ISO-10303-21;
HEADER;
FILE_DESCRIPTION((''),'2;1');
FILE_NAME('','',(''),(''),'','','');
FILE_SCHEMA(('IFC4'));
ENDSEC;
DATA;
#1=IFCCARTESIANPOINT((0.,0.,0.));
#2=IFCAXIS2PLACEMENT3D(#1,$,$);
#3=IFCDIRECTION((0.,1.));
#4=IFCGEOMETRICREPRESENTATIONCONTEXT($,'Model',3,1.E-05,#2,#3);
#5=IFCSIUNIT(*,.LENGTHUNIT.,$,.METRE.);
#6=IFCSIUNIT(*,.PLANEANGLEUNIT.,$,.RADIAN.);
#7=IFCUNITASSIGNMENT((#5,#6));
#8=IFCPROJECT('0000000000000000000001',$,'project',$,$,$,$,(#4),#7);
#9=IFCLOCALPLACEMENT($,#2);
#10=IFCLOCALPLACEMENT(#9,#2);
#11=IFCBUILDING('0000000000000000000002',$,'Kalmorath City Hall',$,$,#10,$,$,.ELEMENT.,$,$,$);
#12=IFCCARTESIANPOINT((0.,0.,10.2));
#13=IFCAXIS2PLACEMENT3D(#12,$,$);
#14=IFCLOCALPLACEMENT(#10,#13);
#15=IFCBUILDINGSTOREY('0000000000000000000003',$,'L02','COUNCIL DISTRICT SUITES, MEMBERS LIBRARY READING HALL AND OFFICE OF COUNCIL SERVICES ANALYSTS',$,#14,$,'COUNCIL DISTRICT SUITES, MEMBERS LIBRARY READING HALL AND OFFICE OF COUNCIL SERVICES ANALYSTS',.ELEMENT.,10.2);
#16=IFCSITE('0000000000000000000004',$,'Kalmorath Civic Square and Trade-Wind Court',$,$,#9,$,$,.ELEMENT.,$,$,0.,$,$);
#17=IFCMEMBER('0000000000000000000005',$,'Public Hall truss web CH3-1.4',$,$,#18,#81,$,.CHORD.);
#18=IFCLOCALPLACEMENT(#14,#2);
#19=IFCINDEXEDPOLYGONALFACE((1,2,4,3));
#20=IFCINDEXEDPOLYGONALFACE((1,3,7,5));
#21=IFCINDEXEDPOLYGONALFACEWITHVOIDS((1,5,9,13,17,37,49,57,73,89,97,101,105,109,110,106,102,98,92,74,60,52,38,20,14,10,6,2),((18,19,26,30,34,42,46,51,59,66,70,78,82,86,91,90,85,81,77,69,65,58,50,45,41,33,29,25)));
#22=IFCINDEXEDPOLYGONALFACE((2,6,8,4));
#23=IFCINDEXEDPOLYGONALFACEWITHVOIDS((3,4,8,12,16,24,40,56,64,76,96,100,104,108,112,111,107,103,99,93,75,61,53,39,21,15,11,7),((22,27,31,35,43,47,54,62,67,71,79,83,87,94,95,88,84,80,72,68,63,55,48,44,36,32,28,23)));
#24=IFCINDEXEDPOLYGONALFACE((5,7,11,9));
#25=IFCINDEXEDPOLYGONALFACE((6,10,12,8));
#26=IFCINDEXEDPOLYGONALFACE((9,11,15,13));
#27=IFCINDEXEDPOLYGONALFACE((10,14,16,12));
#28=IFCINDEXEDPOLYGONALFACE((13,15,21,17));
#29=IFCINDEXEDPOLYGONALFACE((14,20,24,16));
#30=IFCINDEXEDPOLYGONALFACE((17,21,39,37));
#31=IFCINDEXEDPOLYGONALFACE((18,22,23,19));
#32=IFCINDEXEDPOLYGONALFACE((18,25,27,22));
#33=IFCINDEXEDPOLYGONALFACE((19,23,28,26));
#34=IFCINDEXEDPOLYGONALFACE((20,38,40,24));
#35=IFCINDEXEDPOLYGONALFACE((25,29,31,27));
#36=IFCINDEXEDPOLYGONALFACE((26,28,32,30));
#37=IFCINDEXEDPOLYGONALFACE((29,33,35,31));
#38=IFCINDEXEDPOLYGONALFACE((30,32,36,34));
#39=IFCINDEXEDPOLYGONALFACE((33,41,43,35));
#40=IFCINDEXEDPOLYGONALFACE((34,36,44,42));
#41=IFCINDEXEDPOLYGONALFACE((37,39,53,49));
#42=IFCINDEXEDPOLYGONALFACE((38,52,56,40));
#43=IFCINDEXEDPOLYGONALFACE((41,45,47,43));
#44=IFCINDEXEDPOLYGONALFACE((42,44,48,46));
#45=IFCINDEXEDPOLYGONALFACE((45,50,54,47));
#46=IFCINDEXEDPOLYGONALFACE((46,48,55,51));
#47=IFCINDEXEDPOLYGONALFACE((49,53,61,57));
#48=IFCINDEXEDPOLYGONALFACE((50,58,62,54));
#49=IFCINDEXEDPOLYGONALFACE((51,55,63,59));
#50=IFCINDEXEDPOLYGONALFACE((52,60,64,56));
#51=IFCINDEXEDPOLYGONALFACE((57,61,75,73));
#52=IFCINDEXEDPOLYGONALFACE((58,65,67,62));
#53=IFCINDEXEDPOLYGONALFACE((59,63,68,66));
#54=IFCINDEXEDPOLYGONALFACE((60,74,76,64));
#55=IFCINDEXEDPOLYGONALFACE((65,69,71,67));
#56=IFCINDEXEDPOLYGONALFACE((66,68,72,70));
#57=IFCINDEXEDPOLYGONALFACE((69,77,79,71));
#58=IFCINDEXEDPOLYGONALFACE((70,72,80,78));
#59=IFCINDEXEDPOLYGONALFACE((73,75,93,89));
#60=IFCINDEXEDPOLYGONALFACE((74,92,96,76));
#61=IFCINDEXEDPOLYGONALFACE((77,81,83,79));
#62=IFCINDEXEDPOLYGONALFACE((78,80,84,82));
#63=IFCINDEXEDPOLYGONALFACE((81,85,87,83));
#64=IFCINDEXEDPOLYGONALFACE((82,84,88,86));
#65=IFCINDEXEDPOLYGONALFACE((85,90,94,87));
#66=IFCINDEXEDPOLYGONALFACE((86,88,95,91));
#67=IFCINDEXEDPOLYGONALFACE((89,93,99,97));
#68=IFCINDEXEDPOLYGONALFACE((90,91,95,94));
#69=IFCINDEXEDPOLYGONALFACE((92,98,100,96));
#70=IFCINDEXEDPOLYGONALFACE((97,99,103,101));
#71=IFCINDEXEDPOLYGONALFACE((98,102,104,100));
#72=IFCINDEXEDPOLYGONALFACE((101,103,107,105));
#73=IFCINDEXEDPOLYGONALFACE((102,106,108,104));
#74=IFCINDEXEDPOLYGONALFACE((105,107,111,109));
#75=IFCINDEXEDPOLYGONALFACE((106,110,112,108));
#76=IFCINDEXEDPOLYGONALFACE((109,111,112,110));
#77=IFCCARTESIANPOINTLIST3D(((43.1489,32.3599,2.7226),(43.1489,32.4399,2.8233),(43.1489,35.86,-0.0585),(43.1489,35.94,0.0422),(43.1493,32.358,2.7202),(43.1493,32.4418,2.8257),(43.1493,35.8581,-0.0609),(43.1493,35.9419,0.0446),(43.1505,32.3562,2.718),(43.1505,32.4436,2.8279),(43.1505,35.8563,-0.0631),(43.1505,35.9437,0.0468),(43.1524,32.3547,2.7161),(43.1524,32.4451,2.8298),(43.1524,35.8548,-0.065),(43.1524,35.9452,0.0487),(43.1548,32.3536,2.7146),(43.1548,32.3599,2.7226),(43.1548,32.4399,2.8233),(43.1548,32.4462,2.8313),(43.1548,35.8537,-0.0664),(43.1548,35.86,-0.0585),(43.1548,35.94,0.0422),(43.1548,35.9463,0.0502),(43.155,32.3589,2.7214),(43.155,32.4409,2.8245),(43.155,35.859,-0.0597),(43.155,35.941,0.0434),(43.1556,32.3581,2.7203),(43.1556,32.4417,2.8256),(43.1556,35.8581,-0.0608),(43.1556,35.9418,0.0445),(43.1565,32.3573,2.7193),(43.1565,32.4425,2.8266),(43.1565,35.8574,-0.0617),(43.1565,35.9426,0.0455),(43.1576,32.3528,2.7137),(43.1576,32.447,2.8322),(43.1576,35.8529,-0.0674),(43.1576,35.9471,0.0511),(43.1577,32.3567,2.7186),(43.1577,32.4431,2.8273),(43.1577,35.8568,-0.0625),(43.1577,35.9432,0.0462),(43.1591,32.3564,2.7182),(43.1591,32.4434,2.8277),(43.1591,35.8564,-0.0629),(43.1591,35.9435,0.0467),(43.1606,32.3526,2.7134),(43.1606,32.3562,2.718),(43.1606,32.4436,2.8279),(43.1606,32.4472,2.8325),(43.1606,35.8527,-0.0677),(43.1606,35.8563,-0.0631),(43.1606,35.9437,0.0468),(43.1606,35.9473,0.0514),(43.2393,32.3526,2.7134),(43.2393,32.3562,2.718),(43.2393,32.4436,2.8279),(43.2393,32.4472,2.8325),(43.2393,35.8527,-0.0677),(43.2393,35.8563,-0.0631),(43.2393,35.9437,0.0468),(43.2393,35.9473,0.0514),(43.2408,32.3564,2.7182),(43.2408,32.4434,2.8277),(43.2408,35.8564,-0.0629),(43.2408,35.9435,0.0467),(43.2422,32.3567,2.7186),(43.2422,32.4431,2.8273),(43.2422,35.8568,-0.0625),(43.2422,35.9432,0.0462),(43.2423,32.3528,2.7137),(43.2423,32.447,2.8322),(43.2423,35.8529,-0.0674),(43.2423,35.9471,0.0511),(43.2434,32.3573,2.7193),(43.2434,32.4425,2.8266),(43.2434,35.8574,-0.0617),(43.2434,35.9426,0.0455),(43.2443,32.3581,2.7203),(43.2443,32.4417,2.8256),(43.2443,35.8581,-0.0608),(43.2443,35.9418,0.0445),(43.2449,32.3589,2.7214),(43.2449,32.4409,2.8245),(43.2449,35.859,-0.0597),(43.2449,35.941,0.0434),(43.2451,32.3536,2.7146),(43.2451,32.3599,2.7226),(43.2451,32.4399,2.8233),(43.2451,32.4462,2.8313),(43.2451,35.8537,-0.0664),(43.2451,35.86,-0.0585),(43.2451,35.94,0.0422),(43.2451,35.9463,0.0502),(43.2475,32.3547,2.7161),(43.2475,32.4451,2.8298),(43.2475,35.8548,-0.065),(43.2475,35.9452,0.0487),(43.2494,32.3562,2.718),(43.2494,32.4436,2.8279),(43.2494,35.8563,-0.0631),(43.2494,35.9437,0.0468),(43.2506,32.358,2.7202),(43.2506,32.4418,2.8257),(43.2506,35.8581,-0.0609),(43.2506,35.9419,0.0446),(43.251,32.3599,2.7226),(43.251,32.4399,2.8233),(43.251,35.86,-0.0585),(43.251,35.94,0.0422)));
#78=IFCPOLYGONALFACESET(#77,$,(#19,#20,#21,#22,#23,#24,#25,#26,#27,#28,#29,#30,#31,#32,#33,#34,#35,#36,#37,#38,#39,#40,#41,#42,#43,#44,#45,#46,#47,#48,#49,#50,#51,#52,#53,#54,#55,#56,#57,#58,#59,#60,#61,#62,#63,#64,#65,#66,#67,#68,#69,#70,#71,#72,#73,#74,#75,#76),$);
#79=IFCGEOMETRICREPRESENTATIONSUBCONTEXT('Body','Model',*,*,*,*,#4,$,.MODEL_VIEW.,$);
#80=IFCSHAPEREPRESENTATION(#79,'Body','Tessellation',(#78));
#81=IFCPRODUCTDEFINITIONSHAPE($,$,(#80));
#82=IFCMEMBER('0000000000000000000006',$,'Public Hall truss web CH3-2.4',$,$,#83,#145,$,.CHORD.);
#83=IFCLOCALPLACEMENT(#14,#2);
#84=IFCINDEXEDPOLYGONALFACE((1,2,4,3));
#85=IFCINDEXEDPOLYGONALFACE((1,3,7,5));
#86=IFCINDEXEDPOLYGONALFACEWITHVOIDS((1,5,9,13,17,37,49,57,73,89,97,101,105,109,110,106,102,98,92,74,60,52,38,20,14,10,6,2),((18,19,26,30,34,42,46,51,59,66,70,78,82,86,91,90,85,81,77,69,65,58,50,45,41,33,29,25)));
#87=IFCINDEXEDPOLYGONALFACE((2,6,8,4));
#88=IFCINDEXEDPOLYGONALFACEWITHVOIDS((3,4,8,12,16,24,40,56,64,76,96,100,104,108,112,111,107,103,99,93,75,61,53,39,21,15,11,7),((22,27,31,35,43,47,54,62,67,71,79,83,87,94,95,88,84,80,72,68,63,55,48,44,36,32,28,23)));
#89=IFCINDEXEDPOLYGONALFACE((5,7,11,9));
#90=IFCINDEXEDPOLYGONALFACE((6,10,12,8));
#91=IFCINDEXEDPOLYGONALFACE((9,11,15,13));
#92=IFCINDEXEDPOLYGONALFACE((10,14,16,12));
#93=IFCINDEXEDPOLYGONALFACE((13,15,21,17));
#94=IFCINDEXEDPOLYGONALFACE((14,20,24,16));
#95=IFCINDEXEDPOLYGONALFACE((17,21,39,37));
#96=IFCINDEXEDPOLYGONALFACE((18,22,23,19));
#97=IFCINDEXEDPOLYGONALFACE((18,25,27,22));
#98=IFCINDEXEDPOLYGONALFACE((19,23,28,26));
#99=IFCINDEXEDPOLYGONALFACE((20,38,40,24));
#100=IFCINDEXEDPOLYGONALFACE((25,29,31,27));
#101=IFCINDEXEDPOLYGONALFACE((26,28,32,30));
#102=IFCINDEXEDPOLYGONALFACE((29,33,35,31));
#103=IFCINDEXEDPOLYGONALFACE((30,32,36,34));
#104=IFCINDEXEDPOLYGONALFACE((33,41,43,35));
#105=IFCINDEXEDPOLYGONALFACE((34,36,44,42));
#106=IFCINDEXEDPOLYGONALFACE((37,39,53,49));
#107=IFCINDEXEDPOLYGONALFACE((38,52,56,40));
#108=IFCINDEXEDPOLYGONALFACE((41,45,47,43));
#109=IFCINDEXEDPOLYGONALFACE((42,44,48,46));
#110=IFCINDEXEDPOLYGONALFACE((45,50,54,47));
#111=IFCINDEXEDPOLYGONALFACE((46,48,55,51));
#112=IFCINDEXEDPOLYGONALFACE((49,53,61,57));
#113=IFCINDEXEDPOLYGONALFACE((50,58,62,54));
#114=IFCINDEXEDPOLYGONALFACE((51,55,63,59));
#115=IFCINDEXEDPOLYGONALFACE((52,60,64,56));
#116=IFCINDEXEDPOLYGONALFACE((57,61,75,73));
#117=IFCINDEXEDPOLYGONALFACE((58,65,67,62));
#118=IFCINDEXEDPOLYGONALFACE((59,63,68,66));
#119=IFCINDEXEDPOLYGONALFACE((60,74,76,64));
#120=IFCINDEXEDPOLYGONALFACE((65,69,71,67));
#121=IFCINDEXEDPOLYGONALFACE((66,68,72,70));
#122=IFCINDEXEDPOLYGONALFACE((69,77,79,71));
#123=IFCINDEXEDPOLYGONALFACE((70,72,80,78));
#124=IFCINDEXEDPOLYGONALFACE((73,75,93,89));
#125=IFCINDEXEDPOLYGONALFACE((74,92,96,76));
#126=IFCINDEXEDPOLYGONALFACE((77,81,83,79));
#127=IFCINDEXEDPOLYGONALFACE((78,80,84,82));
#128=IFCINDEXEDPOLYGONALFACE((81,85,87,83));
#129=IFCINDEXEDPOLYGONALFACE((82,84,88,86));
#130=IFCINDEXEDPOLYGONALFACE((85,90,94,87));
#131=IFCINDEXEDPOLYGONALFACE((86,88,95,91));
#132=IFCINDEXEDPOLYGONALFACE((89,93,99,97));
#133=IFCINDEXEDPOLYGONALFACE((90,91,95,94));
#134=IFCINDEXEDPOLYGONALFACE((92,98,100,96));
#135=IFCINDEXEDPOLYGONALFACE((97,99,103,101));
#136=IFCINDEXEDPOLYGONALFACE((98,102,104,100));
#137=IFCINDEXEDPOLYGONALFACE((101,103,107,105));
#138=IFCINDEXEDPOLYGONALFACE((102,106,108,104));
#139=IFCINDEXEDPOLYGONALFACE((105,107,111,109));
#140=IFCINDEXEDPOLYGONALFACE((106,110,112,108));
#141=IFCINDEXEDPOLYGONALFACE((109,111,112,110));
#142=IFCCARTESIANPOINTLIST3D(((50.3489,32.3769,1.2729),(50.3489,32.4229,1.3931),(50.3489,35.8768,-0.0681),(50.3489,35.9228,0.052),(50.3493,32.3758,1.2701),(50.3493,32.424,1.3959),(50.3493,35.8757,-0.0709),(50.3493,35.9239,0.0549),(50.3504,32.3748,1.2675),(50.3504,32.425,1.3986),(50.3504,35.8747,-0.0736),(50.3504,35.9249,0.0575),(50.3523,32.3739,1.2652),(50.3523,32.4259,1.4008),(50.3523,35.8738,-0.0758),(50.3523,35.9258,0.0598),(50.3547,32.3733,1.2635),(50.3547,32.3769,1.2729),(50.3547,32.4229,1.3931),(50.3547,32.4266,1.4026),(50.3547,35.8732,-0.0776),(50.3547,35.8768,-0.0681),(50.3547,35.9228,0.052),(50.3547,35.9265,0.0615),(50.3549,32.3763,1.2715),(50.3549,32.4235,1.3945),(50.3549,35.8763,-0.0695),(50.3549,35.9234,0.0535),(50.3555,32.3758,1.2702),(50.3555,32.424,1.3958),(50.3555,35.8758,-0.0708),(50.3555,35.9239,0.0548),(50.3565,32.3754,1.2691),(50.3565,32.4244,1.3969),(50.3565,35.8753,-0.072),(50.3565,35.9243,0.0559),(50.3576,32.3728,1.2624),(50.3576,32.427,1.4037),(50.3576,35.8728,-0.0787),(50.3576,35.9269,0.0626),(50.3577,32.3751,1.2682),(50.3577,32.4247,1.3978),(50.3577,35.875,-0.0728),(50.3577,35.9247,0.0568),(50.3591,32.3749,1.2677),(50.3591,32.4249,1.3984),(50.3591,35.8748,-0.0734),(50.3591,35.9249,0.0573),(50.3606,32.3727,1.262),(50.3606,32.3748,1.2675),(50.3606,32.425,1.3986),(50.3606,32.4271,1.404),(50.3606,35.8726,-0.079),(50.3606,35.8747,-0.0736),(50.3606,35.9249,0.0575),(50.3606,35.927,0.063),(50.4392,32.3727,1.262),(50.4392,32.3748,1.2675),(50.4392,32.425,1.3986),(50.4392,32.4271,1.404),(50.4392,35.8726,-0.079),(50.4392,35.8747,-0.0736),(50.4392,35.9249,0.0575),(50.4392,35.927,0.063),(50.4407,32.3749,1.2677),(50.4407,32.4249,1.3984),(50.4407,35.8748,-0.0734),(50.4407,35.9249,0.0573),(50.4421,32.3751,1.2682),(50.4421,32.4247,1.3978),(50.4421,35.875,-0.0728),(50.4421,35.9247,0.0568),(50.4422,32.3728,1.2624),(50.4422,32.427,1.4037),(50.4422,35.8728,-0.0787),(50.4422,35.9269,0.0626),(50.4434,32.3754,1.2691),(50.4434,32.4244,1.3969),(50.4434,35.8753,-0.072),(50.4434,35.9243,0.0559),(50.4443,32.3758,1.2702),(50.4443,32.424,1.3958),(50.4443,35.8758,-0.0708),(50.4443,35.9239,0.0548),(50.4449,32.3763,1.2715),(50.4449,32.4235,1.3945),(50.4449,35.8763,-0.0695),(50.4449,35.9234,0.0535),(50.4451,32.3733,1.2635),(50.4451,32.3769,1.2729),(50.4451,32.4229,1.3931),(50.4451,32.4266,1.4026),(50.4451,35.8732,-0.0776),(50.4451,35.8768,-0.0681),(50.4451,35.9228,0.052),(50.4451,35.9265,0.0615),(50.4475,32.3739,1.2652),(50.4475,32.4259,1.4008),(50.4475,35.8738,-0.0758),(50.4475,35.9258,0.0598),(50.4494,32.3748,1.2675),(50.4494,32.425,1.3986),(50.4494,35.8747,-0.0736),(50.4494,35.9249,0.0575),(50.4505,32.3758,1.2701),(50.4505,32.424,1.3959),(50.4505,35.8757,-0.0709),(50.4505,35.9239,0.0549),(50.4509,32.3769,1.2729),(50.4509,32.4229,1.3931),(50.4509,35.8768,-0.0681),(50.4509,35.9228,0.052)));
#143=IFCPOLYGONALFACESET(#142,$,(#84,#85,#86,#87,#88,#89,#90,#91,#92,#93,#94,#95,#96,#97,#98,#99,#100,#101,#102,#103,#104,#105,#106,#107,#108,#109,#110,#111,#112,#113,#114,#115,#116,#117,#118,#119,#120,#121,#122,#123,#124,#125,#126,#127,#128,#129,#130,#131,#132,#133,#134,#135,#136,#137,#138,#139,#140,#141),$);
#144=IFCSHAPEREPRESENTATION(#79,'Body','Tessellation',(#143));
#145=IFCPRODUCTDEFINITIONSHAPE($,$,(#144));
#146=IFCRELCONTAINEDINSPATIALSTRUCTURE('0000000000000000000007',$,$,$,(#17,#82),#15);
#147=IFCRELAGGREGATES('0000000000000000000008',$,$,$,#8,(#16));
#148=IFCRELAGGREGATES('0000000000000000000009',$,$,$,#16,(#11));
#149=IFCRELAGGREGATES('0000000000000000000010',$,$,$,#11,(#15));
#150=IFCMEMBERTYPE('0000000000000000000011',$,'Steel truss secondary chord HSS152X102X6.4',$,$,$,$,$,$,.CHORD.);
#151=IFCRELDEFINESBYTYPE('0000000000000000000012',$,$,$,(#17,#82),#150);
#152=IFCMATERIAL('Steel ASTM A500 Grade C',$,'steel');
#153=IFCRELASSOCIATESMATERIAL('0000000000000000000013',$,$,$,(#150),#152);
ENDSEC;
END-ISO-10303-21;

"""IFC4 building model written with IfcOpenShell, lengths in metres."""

from ifc_helpers import new_model, si_unit, direction, frame, origin, origin_2d, place, context, subcontext, project, spatial, hollow_rectangle, extrude, material, material_profile, profile_set, type_object, element, save


model = new_model("IFC4")

# Units and contexts
model_context = context("Model", 3, precision=1e-05, world=origin(), true_north=direction((0.0, 1.0)))
body_context = subcontext(model_context, "Body", "Model", "MODEL_VIEW")
ifc_project = project(units=[si_unit("LENGTHUNIT", "METRE"), si_unit("PLANEANGLEUNIT", "RADIAN")], contexts=[model_context])

# Site, building, storey
site_placement = place(None, origin())
site = spatial("IfcSite", under=ifc_project, at=site_placement, Name="Kalmorath Civic Square and Trade-Wind Court", CompositionType="ELEMENT", RefElevation=0.0)
building_placement = place(site_placement, origin())
building = spatial("IfcBuilding", under=site, at=building_placement, Name="Kalmorath City Hall", CompositionType="ELEMENT")
storey_placement = place(building_placement, frame((0.0, 0.0, 10.2)))
storey = spatial("IfcBuildingStorey", under=building, at=storey_placement, Name="L02", Description="COUNCIL DISTRICT SUITES, MEMBERS LIBRARY READING HALL AND OFFICE OF COUNCIL SERVICES ANALYSTS", LongName="COUNCIL DISTRICT SUITES, MEMBERS LIBRARY READING HALL AND OFFICE OF COUNCIL SERVICES ANALYSTS", CompositionType="ELEMENT", Elevation=10.2)

# Members
ifc_material_1 = material(Name="Steel ASTM A500 Grade C", Category="steel")
ifc_material_profile_1 = material_profile(ifc_material_1, hollow_rectangle(XDim=0.1021, YDim=0.1521, WallThickness=0.0059, InnerFilletRadius=0.0059, OuterFilletRadius=0.0117, at=origin_2d()), Name="HSS152X102X6.4")
ifc_profile_set_1 = profile_set([ifc_material_profile_1], Name="Steel ASTM A500 Grade C")
member_type_1 = type_object("IfcMemberType", Name="Steel truss secondary chord HSS152X102X6.4", PredefinedType="CHORD", material=ifc_profile_set_1)
member_1_placement = place(storey_placement, frame((43.2, 32.3999, 2.7729), z_axis=(0.0, 0.782937, -0.622101), x_axis=(-1.0, 0.0, 0.0)))
element("IfcMember", 1, at=member_1_placement, inside=storey, type_object=member_type_1, Name="Public Hall truss web CH3-1.4", PredefinedType="CHORD", context=body_context, shape_type="SweptSolid", body=[
    extrude(hollow_rectangle(XDim=0.1021, YDim=0.1521, WallThickness=0.0059, InnerFilletRadius=0.0059, OuterFilletRadius=0.0117, at=origin_2d()), origin(), (0.0, 0.0, 1.0), 4.4705),
])
member_2_placement = place(storey_placement, frame((50.3999, 32.3999, 1.333), z_axis=(0.0, 0.9338, -0.357796), x_axis=(-1.0, 0.0, 0.0)))
element("IfcMember", 2, at=member_2_placement, inside=storey, type_object=member_type_1, Name="Public Hall truss web CH3-2.4", PredefinedType="CHORD", context=body_context, shape_type="SweptSolid", body=[
    extrude(hollow_rectangle(XDim=0.1021, YDim=0.1521, WallThickness=0.0059, InnerFilletRadius=0.0059, OuterFilletRadius=0.0117, at=origin_2d()), origin(), (0.0, 0.0, 1.0), 3.748),
])

save(model, "model.ifc")
